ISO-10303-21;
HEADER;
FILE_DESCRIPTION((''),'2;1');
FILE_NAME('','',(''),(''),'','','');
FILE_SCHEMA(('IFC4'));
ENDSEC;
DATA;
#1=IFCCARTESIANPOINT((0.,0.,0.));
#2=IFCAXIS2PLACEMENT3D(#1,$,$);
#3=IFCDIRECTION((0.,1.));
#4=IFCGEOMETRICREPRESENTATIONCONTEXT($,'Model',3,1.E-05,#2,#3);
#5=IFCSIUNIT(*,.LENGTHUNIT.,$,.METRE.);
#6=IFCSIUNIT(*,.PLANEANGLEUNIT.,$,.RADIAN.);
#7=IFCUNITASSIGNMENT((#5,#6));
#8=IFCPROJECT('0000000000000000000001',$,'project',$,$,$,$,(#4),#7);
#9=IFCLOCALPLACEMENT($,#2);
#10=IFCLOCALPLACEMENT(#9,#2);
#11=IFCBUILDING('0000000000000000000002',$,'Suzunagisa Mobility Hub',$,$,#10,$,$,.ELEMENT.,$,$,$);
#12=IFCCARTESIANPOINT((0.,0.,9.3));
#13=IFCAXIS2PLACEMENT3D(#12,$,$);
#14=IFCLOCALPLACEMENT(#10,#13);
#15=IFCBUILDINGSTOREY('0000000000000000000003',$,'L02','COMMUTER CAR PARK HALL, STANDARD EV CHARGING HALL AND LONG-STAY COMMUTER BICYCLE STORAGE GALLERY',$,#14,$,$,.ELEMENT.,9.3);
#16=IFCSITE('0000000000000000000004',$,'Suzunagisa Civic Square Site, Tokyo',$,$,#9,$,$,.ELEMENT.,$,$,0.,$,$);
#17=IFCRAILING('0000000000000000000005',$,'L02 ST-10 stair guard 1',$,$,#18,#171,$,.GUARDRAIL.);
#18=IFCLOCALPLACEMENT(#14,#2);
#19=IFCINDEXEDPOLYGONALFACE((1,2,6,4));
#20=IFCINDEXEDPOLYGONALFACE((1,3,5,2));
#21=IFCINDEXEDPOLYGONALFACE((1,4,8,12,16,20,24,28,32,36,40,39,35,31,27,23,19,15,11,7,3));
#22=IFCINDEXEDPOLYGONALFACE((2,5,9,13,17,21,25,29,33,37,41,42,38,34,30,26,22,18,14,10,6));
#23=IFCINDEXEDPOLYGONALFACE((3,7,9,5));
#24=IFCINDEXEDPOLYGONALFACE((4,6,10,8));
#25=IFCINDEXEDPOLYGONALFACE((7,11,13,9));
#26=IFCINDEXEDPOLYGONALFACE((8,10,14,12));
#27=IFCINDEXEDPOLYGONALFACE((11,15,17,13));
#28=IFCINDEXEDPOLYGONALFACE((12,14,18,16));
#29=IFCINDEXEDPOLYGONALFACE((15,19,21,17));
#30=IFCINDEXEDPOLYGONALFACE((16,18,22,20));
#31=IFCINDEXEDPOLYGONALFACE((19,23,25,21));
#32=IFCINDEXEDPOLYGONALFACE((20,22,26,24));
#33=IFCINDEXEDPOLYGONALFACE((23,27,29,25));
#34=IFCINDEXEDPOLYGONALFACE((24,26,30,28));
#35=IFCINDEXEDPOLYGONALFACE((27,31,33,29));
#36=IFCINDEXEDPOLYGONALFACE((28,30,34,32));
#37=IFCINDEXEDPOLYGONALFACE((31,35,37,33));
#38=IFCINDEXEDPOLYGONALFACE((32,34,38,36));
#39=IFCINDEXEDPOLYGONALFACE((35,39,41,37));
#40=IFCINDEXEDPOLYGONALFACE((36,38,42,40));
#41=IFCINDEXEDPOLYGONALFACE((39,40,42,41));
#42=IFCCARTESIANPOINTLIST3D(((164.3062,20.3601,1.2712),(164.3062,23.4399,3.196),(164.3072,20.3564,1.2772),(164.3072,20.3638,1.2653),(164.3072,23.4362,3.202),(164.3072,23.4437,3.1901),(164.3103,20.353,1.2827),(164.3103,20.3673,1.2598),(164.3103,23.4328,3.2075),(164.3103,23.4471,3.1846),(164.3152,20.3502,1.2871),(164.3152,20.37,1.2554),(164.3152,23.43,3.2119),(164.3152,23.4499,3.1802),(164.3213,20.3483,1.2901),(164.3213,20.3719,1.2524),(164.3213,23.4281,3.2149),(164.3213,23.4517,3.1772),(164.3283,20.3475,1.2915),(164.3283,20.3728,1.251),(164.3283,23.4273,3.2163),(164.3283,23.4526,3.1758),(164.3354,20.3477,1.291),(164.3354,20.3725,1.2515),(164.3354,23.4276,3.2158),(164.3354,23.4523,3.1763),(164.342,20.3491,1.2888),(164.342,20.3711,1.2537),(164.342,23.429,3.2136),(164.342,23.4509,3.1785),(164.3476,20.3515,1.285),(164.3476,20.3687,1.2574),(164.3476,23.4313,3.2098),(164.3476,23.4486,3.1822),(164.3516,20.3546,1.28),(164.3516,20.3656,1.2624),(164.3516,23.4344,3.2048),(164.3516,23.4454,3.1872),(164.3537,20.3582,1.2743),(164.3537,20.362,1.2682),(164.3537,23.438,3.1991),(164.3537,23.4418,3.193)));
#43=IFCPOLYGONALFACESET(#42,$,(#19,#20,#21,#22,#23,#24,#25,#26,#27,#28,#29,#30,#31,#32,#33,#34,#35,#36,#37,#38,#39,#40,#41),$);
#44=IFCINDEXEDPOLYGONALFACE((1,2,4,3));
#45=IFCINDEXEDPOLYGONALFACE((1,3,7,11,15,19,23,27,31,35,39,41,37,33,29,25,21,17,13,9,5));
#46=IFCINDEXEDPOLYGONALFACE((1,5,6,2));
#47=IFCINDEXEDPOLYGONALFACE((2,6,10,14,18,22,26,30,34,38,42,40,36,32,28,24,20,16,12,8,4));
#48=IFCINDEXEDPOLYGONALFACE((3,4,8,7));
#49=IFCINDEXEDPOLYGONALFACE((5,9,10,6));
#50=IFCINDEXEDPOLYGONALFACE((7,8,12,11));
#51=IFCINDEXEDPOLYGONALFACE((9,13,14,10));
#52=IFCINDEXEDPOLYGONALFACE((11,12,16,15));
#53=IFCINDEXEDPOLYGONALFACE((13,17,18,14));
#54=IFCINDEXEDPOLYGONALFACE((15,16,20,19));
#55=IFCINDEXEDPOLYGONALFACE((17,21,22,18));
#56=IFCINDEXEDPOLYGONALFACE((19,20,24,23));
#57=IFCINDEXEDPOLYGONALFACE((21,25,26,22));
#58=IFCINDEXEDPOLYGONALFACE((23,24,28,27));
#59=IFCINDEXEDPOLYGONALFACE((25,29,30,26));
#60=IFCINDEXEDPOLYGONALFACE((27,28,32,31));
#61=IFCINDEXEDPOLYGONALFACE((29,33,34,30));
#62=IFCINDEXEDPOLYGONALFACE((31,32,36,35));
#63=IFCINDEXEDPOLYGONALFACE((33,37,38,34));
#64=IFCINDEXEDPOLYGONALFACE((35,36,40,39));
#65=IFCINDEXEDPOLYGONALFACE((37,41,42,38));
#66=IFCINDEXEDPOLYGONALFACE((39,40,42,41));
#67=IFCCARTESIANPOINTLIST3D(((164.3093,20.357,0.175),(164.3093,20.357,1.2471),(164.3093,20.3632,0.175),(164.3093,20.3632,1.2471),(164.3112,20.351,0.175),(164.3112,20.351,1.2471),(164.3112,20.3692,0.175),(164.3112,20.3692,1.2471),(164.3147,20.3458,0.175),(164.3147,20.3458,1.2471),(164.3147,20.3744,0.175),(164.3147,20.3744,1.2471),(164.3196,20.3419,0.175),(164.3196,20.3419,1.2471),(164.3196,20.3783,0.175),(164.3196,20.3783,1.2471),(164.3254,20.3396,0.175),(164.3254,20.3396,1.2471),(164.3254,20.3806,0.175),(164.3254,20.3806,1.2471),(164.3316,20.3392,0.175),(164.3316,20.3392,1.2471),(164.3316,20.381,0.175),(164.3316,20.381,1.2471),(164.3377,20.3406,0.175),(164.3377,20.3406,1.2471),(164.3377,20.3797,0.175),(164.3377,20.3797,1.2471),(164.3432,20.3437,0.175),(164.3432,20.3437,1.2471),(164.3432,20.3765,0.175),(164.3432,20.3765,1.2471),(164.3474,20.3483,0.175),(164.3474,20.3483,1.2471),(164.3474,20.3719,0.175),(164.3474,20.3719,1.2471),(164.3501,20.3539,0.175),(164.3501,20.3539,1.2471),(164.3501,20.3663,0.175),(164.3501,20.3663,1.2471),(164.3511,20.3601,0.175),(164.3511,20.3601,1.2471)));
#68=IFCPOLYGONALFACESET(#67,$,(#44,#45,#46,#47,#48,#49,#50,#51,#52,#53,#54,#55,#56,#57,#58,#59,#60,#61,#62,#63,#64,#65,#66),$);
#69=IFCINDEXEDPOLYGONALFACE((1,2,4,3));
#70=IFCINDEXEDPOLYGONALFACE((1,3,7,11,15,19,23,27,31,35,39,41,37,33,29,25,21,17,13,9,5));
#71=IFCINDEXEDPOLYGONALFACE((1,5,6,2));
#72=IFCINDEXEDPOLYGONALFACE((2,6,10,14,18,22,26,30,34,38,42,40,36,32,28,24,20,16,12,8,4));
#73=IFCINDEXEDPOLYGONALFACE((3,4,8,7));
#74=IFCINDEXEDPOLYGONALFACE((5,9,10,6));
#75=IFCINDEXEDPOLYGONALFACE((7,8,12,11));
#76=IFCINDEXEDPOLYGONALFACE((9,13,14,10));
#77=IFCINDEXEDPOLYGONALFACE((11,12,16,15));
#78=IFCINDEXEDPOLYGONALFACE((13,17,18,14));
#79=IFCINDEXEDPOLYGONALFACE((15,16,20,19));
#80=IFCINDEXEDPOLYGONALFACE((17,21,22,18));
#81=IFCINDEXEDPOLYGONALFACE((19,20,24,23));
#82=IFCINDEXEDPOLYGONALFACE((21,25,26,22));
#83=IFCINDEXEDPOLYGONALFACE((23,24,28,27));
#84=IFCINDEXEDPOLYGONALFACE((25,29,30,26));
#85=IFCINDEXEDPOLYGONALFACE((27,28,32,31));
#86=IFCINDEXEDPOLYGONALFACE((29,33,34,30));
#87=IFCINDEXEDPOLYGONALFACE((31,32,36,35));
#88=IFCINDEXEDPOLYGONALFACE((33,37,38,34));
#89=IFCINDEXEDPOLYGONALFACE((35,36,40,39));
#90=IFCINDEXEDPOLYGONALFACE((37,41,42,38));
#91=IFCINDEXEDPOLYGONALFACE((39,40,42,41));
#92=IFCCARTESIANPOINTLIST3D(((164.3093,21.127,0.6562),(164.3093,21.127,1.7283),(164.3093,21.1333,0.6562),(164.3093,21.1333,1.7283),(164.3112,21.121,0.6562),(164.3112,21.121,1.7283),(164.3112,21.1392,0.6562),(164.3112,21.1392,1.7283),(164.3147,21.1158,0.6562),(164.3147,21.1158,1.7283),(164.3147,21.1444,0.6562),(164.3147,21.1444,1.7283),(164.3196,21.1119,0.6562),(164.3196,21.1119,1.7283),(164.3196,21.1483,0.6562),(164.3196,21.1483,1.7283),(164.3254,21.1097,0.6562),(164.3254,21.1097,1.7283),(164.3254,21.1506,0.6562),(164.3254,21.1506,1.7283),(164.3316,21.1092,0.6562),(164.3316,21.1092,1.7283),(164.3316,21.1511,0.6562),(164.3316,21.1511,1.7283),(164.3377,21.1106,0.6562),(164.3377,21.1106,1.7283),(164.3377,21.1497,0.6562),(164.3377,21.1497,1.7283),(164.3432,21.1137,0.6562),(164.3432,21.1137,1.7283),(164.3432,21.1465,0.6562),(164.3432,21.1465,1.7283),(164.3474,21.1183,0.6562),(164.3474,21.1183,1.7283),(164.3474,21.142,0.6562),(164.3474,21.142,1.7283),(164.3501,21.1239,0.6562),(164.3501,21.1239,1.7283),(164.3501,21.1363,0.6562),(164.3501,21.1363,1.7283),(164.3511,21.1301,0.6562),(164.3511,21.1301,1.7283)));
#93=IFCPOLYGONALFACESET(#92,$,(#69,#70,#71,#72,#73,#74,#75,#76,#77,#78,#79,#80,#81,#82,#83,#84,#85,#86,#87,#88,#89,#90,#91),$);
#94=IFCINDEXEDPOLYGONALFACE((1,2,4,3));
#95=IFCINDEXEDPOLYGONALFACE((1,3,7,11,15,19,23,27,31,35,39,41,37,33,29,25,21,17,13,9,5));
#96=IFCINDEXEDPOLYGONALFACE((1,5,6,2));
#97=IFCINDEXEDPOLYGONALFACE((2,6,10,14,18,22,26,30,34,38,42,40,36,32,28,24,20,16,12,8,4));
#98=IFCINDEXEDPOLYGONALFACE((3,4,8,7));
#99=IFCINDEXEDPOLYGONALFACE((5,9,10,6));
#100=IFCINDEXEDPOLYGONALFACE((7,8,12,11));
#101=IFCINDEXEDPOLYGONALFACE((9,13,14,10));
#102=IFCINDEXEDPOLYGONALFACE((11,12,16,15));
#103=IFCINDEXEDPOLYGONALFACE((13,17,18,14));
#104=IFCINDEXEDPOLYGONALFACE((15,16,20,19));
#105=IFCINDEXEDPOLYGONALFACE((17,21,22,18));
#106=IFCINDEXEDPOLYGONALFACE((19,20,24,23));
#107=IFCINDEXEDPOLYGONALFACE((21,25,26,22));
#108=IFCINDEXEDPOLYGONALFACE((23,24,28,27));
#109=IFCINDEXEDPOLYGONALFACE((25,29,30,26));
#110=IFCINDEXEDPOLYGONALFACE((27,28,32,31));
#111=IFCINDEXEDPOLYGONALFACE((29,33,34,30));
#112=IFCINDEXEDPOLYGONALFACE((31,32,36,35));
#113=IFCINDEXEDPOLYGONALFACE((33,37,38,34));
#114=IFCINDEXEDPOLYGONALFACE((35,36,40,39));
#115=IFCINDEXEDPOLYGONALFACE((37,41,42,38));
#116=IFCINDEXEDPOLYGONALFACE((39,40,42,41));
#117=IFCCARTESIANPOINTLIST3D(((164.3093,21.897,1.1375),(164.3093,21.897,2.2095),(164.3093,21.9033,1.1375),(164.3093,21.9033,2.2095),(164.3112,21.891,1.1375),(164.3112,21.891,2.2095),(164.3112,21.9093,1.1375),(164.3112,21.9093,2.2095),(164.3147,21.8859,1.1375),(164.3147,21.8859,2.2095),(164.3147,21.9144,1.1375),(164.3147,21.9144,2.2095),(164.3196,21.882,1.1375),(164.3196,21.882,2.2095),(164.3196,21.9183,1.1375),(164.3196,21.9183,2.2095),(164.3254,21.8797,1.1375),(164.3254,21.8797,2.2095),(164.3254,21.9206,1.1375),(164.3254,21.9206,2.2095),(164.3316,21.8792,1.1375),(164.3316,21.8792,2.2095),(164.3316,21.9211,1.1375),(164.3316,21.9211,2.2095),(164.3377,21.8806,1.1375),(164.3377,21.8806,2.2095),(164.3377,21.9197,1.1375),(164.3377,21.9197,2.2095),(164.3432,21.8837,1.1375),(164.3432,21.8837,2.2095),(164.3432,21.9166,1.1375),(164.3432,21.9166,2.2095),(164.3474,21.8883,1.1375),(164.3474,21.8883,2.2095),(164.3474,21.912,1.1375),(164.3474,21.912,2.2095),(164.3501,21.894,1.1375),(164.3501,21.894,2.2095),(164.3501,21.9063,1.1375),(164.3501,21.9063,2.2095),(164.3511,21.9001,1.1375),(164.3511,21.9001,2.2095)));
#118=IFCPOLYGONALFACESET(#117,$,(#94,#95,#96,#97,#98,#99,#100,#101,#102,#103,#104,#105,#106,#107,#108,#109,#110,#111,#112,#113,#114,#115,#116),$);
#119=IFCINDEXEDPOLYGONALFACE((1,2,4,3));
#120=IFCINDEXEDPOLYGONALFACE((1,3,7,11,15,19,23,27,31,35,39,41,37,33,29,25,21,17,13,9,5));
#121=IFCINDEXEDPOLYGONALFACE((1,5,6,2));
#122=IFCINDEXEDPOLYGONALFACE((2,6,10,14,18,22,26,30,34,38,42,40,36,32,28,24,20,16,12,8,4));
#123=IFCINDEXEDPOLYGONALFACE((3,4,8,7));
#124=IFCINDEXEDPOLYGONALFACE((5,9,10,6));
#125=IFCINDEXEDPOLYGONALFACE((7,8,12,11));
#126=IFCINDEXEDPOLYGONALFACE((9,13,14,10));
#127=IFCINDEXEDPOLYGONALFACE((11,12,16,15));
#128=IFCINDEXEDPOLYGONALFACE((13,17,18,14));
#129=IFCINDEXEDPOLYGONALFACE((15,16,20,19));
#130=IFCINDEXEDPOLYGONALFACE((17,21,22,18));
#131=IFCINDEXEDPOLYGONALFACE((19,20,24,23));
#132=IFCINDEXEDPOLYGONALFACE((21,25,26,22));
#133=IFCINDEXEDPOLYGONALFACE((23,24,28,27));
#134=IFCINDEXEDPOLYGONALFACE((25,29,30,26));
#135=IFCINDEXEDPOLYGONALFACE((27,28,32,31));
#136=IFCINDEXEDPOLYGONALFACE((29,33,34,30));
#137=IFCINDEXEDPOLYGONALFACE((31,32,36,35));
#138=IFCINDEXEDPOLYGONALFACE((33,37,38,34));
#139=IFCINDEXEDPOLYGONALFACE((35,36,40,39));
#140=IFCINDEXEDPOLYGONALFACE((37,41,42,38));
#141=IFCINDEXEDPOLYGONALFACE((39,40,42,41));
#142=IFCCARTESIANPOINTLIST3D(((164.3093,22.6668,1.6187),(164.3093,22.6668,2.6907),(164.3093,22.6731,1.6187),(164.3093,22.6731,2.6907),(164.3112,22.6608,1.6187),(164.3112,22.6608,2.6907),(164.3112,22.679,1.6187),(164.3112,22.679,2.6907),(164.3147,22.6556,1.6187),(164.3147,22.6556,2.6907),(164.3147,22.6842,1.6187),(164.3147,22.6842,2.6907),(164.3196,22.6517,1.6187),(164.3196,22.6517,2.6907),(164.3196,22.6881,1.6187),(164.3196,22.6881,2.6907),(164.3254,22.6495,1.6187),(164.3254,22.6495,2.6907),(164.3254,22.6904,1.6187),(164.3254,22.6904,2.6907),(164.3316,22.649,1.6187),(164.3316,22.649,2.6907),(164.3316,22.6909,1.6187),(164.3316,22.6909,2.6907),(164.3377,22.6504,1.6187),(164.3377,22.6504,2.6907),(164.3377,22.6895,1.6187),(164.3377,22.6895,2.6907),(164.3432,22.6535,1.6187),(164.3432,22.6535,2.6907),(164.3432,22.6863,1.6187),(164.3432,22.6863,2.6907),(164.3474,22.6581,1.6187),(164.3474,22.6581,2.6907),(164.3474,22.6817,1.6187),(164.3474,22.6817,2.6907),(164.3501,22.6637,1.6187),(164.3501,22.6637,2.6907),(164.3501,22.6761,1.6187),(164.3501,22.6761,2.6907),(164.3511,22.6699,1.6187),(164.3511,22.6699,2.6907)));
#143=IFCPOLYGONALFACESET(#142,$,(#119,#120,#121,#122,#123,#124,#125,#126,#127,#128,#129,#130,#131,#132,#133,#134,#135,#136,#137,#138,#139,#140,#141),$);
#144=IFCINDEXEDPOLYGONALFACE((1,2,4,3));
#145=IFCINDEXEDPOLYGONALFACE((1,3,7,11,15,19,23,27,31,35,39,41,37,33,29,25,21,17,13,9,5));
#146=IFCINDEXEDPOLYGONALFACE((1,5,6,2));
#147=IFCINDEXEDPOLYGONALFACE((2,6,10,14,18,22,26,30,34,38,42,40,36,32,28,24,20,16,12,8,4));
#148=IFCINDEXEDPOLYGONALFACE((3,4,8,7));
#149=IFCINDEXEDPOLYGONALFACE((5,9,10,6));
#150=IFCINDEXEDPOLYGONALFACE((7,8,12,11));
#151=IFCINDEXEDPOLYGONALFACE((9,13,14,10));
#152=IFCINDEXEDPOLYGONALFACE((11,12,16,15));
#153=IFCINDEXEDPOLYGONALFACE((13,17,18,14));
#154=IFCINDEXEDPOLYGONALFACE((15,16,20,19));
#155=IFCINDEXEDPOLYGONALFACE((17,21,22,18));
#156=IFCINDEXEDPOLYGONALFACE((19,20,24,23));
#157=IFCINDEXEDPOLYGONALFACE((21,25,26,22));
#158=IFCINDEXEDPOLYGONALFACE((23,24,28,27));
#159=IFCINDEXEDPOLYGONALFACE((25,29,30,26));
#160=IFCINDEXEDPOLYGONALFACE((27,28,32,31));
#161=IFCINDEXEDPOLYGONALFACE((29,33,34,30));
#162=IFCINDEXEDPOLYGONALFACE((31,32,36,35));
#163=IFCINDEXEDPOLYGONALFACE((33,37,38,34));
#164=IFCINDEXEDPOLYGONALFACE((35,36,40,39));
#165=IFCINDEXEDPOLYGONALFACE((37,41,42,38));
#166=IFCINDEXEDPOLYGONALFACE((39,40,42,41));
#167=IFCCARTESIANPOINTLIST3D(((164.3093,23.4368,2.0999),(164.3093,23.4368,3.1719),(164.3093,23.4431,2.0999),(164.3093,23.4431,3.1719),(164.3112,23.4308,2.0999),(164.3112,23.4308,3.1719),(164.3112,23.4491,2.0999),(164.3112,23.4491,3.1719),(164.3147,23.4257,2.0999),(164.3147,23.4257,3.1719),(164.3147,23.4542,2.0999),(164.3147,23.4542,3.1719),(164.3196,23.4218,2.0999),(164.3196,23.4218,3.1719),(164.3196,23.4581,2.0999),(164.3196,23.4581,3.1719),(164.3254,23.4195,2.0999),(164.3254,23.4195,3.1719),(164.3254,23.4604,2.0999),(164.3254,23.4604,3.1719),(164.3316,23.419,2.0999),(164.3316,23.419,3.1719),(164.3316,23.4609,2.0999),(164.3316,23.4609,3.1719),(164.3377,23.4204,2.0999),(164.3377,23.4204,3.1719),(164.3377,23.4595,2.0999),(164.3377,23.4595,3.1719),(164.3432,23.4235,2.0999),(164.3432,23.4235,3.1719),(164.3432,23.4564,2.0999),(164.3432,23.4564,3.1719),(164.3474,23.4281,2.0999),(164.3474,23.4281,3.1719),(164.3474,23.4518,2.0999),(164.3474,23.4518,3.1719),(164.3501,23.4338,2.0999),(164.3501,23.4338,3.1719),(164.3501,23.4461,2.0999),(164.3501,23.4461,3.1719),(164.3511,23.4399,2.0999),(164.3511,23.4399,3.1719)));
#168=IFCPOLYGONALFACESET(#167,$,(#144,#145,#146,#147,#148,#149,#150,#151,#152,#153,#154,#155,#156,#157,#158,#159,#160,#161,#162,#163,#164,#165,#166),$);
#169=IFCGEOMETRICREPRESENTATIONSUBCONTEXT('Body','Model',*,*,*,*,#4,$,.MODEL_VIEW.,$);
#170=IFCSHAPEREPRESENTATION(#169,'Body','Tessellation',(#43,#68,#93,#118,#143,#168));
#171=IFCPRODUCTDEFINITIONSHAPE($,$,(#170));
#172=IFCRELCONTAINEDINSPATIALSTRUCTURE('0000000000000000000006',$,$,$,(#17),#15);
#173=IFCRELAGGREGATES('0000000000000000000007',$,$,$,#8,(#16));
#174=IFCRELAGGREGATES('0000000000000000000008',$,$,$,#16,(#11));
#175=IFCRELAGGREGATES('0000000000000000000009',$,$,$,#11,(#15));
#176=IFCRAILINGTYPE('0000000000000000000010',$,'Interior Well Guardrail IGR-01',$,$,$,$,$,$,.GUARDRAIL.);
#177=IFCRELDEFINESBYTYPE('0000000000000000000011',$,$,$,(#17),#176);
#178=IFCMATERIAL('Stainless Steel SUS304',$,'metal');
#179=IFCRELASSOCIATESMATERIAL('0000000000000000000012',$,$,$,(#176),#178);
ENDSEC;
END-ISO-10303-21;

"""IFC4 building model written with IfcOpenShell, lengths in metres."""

from ifc_helpers import new_model, si_unit, direction, frame, origin, origin_2d, place, context, subcontext, project, spatial, circle, extrude, material, type_object, element, save


model = new_model("IFC4")

# Units and contexts
model_context = context("Model", 3, precision=1e-05, world=origin(), true_north=direction((0.0, 1.0)))
body_context = subcontext(model_context, "Body", "Model", "MODEL_VIEW")
ifc_project = project(units=[si_unit("LENGTHUNIT", "METRE"), si_unit("PLANEANGLEUNIT", "RADIAN")], contexts=[model_context])

# Site, building, storey
site_placement = place(None, origin())
site = spatial("IfcSite", under=ifc_project, at=site_placement, Name="Suzunagisa Civic Square Site, Tokyo", CompositionType="ELEMENT", RefElevation=0.0)
building_placement = place(site_placement, origin())
building = spatial("IfcBuilding", under=site, at=building_placement, Name="Suzunagisa Mobility Hub", CompositionType="ELEMENT")
storey_placement = place(building_placement, frame((0.0, 0.0, 9.3)))
storey = spatial("IfcBuildingStorey", under=building, at=storey_placement, Name="L02", Description="COMMUTER CAR PARK HALL, STANDARD EV CHARGING HALL AND LONG-STAY COMMUTER BICYCLE STORAGE GALLERY", CompositionType="ELEMENT", Elevation=9.3)

# Railing
ifc_material_1 = material(Name="Stainless Steel SUS304", Category="metal")
railing_type_1 = type_object("IfcRailingType", Name="Interior Well Guardrail IGR-01", PredefinedType="GUARDRAIL", material=ifc_material_1)
railing_1_placement = place(storey_placement, frame((164.3301, 20.3601, 0.175)))
element("IfcRailing", 1, at=railing_1_placement, inside=storey, type_object=railing_type_1, Name="L02 ST-10 stair guard 1", PredefinedType="GUARDRAIL", context=body_context, shape_type="SweptSolid", body=[
    extrude(circle(Radius=0.0239, at=origin_2d()), frame((0.0, 0.0, 1.0962), z_axis=(0.0, 0.84801, 0.529981), x_axis=(-1.0, 0.0, 0.0)), (0.0, 0.0, 1.0), 3.6318),
    extrude(circle(Radius=0.021, at=origin_2d()), origin(), (0.0, 0.0, 1.0), 1.072),
    extrude(circle(Radius=0.021, at=origin_2d()), frame((0.0, 0.77, 0.4812)), (0.0, 0.0, 1.0), 1.072),
    extrude(circle(Radius=0.021, at=origin_2d()), frame((0.0, 1.54, 0.9624)), (0.0, 0.0, 1.0), 1.072),
    extrude(circle(Radius=0.021, at=origin_2d()), frame((0.0, 2.3098, 1.4436)), (0.0, 0.0, 1.0), 1.072),
    extrude(circle(Radius=0.021, at=origin_2d()), frame((0.0, 3.0798, 1.9248)), (0.0, 0.0, 1.0), 1.072),
])

save(model, "model.ifc")
